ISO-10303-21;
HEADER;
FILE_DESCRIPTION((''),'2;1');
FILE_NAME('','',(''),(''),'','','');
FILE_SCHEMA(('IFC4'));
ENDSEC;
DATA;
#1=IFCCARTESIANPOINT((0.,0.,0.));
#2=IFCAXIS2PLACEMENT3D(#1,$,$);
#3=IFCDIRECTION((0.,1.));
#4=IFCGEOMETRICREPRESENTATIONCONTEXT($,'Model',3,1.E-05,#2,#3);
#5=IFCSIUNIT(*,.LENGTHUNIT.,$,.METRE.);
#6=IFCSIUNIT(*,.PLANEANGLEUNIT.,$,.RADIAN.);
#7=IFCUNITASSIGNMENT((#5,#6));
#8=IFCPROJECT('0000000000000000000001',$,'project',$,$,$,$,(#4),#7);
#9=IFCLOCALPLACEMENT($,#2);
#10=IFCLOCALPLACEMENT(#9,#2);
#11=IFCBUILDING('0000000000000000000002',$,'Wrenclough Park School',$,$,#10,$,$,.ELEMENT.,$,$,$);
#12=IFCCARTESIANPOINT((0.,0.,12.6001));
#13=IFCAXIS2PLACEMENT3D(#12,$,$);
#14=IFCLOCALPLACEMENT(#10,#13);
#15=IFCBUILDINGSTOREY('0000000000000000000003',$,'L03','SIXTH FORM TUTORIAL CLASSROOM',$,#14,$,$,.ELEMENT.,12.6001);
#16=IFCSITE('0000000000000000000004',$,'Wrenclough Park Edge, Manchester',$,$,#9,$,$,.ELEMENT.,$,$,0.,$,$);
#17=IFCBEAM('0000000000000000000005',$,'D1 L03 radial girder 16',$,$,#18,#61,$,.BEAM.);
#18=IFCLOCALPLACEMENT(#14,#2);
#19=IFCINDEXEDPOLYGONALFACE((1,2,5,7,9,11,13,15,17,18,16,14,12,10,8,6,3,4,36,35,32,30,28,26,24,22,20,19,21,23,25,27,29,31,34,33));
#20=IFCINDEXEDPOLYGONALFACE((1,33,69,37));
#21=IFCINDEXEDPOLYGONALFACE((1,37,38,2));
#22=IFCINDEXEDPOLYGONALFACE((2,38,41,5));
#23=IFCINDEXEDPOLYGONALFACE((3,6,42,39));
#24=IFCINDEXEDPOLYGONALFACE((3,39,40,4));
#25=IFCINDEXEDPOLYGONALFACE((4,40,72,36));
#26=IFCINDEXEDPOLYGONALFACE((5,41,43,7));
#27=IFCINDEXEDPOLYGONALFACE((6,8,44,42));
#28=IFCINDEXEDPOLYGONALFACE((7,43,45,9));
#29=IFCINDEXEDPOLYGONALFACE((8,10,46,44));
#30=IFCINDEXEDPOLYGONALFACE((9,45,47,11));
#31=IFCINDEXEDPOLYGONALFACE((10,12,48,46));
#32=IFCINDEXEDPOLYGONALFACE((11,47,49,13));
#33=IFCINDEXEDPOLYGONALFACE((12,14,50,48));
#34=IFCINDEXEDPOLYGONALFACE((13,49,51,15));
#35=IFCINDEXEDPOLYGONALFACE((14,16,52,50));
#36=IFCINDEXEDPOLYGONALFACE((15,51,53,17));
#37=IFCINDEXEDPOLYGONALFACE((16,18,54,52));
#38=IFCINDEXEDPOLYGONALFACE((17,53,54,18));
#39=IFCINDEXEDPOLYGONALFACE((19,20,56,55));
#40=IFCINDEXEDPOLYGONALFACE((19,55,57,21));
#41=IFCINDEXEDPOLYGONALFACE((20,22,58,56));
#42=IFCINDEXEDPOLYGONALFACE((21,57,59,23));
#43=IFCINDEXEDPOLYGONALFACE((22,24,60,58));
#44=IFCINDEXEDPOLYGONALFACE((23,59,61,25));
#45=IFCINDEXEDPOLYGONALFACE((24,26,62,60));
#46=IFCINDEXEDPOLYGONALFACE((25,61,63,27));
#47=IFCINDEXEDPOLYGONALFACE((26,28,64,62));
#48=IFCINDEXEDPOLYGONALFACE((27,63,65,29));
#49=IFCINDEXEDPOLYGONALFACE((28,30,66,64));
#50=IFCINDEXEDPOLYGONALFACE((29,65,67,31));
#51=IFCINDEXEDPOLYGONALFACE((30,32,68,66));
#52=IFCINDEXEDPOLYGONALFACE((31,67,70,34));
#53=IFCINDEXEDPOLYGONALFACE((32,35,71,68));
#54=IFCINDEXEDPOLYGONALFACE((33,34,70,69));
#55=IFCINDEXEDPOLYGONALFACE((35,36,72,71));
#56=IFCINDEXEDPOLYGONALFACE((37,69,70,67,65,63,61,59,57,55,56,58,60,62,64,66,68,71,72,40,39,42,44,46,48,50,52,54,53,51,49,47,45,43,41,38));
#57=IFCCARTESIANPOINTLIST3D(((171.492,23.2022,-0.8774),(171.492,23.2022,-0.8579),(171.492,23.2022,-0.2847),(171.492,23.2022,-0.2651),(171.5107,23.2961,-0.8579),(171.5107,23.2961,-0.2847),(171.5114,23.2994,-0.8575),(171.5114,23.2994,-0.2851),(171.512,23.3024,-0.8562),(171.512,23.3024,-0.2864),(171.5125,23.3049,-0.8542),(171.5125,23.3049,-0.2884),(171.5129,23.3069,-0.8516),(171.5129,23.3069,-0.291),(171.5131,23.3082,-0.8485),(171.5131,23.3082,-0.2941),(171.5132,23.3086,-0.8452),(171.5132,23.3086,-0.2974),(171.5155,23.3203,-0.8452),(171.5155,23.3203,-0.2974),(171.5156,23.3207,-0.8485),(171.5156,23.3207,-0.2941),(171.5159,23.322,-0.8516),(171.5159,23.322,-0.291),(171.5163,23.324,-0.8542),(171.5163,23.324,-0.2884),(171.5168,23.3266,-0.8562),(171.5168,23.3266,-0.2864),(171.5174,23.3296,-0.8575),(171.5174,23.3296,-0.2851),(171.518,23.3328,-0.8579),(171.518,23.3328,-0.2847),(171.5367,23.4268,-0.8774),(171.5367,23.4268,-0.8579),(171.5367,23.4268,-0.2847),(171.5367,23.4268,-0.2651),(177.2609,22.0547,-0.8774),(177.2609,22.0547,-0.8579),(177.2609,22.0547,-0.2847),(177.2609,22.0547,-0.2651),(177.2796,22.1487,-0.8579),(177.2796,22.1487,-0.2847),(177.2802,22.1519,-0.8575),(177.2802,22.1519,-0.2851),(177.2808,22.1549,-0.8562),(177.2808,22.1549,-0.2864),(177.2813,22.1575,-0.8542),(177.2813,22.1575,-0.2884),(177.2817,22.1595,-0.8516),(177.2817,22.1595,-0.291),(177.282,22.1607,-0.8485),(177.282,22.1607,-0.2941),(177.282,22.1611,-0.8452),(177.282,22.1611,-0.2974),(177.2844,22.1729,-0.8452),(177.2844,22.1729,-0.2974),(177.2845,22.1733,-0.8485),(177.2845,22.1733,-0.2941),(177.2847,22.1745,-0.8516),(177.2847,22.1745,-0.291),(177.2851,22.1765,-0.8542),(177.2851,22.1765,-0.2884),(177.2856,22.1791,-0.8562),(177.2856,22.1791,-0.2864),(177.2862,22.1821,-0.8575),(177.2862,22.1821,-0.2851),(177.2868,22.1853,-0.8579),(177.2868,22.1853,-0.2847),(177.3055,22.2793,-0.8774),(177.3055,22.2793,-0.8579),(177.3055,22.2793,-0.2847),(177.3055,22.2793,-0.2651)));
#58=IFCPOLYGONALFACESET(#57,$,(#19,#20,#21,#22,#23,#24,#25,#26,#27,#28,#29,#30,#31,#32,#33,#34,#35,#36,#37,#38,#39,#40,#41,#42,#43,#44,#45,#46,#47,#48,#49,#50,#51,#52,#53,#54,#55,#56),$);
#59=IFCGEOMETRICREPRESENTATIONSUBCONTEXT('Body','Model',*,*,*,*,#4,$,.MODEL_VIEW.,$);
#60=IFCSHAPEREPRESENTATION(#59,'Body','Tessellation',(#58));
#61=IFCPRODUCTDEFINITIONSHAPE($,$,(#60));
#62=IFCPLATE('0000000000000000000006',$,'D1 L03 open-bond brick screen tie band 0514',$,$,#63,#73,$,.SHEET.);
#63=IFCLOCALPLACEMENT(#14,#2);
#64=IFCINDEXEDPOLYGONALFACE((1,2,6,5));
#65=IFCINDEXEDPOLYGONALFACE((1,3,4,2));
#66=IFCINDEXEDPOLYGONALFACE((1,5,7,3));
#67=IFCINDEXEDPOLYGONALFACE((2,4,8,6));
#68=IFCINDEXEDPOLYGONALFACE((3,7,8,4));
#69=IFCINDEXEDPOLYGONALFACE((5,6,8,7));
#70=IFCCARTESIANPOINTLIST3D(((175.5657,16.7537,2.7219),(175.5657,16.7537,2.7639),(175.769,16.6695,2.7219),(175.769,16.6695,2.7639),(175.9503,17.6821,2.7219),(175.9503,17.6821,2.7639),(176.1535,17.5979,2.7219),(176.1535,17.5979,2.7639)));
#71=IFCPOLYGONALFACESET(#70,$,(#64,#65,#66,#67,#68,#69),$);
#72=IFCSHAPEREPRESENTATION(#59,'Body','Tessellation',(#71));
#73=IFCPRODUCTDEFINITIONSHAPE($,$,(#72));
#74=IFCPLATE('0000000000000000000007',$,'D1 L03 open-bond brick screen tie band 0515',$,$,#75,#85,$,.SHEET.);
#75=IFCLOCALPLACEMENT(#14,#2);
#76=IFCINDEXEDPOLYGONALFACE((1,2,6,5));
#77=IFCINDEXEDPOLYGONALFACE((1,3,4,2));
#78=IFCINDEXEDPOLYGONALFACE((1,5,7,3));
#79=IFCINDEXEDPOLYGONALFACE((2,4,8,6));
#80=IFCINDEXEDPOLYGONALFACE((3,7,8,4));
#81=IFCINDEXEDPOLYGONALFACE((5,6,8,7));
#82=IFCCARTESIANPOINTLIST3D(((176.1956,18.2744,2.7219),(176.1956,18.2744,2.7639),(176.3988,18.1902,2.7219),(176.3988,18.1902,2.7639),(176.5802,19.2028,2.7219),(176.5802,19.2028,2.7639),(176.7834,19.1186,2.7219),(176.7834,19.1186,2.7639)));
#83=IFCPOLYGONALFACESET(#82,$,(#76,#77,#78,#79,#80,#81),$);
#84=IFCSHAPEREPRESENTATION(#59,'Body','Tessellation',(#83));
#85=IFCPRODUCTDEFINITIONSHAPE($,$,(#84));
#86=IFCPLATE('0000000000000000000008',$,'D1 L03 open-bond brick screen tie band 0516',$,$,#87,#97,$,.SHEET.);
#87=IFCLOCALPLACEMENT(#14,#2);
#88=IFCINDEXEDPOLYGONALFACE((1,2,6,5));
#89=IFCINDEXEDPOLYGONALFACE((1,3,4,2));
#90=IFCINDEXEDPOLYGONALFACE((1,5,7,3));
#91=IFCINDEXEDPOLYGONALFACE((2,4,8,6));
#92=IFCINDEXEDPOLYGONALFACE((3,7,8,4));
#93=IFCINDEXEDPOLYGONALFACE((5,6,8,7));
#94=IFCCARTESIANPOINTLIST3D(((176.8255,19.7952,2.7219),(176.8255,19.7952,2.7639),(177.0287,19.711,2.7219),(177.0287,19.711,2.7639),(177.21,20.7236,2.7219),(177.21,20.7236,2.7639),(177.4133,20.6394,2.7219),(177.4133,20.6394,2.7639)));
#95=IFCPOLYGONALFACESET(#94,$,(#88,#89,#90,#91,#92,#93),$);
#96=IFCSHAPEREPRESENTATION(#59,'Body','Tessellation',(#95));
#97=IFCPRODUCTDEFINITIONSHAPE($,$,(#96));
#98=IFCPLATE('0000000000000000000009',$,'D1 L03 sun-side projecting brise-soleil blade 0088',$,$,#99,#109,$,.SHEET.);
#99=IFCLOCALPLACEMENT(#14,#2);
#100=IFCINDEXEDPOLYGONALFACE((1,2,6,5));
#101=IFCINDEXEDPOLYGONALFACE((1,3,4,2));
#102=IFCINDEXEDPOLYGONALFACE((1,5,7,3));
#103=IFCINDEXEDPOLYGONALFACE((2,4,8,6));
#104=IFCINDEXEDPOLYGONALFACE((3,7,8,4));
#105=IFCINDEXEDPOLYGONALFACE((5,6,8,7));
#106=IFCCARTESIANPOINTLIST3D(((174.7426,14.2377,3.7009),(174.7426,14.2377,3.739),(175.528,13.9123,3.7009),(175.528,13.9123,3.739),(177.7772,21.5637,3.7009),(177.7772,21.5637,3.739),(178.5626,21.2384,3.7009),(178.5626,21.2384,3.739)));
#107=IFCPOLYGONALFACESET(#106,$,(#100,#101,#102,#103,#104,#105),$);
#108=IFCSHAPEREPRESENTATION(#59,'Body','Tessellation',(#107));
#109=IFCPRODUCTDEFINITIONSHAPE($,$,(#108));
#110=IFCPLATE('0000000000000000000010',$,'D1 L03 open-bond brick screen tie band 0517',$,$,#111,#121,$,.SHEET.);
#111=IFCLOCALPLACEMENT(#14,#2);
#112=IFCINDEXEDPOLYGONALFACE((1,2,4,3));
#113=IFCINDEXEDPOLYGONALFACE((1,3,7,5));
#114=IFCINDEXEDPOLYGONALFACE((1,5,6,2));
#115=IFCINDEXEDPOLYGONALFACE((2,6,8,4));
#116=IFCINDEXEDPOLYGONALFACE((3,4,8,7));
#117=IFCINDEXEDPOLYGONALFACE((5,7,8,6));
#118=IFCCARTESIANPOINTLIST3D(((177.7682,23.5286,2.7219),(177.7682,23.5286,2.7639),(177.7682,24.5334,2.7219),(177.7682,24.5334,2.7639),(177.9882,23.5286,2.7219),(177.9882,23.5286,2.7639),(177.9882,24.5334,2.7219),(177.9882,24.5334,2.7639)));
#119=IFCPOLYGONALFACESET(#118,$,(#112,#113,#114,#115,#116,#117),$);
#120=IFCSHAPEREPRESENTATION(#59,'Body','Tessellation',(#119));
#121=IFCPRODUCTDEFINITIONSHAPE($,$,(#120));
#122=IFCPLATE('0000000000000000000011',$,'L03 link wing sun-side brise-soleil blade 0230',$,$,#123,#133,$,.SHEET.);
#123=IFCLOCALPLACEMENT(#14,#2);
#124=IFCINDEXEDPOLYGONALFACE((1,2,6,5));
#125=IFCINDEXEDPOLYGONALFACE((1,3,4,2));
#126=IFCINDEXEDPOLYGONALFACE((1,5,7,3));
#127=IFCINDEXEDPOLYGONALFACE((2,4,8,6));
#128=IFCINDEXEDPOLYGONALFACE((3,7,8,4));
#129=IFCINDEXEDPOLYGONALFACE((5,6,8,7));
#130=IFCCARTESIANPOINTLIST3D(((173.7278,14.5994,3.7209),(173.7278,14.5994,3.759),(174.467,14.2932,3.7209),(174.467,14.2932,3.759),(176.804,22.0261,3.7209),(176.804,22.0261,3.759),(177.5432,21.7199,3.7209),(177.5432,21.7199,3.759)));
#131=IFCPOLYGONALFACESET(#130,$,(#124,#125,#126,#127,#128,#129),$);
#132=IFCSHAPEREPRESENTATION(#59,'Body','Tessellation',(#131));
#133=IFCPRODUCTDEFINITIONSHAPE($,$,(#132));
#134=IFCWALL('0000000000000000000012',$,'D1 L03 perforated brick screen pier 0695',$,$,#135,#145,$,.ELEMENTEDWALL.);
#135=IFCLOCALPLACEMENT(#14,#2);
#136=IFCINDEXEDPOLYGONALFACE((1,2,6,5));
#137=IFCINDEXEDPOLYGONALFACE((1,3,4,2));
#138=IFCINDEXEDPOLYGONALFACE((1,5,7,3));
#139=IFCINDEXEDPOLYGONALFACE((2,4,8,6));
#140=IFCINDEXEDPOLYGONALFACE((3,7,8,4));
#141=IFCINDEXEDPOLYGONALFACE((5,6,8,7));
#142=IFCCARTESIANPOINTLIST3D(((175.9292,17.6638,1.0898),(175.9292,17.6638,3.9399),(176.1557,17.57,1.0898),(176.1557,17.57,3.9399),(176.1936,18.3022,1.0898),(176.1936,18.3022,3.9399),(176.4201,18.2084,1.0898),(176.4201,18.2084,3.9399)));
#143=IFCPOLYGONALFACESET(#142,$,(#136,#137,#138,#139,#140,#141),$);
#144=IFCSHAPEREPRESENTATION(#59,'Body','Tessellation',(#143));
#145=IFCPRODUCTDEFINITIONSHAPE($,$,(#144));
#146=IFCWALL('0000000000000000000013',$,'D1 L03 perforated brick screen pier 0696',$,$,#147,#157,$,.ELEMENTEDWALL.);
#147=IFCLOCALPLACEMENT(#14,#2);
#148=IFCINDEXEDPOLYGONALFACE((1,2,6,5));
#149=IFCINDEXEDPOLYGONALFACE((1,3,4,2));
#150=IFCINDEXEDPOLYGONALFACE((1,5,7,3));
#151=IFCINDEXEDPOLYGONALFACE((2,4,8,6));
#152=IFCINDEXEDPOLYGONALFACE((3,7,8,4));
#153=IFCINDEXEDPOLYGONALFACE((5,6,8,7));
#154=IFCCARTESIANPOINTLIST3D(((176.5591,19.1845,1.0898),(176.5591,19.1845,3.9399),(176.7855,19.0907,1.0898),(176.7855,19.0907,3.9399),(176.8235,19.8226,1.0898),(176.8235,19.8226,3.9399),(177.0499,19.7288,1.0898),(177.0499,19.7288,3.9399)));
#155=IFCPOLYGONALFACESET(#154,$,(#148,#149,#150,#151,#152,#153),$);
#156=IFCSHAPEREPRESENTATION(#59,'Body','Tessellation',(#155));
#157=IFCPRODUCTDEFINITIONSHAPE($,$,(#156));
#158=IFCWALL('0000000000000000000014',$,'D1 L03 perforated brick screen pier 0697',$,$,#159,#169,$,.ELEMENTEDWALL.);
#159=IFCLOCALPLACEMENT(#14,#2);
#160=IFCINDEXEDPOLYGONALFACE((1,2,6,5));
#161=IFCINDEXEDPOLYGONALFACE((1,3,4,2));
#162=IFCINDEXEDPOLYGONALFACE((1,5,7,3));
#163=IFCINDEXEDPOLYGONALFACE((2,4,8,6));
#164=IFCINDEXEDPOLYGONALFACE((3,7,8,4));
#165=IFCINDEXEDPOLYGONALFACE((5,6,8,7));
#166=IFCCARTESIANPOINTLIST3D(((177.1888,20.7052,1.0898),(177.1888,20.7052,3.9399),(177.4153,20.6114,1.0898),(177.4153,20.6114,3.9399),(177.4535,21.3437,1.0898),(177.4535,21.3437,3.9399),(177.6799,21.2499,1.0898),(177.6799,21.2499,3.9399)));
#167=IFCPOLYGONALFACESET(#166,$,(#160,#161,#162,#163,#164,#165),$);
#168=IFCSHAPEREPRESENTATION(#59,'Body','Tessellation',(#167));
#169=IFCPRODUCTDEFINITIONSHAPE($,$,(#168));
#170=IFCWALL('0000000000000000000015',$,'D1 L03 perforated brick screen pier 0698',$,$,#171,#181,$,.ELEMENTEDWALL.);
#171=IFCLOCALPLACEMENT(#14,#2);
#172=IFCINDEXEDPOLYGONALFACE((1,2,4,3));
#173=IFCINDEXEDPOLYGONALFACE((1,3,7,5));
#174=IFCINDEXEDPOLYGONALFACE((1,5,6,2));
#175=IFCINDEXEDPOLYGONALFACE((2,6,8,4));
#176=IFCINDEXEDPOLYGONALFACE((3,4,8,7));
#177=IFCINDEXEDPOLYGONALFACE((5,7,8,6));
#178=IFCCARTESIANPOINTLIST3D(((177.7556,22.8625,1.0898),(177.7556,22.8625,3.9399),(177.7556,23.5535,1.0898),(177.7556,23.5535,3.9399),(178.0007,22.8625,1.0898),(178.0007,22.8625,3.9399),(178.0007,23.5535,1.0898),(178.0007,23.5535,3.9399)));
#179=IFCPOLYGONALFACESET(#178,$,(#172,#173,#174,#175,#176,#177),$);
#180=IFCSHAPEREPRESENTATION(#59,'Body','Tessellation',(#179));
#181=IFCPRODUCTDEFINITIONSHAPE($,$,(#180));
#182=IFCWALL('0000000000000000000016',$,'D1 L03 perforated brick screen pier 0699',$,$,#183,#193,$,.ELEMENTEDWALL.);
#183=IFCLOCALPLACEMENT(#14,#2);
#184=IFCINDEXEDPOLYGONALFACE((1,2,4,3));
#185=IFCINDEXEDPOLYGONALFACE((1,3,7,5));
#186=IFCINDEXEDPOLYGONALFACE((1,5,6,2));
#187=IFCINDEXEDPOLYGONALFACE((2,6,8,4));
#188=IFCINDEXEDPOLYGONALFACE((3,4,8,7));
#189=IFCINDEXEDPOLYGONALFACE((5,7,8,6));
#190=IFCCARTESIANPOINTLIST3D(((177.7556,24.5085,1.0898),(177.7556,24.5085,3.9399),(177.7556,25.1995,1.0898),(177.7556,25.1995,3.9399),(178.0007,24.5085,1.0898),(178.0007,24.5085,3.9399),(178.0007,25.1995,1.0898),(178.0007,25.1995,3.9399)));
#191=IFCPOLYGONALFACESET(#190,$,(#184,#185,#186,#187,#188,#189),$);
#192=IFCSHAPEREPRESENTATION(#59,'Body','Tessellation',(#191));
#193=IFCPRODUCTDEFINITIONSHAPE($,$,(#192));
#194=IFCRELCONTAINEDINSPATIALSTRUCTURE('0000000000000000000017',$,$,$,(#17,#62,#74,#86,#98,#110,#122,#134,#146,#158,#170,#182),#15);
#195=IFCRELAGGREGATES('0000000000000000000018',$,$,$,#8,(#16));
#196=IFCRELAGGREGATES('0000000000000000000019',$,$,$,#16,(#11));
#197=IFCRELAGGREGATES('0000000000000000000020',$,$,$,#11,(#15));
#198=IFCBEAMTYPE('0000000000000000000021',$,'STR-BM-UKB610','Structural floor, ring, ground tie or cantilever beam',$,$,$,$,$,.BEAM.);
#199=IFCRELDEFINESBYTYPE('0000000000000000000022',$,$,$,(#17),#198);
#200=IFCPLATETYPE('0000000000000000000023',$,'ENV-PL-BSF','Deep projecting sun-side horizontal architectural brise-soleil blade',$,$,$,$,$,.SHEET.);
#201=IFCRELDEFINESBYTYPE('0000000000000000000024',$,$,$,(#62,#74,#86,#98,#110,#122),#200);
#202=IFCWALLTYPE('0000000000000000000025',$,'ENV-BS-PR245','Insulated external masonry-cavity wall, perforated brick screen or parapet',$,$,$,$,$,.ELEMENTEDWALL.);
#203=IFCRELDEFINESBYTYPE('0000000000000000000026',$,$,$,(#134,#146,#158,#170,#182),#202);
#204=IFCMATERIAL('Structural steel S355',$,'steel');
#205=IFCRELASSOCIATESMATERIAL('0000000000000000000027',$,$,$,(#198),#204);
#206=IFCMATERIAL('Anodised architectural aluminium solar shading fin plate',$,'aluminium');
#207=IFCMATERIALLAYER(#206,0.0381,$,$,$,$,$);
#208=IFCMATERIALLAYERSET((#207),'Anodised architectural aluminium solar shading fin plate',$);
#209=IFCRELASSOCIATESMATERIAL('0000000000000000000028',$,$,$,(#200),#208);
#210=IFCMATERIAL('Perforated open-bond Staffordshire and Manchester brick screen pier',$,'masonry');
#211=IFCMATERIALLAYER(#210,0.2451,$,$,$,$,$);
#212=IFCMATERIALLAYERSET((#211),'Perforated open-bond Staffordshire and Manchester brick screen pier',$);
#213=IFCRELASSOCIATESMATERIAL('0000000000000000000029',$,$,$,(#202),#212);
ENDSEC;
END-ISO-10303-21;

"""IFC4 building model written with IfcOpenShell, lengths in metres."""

from ifc_helpers import new_model, si_unit, direction, frame, frame_2d, origin, origin_2d, place, context, subcontext, project, spatial, rectangle, i_section, extrude, material, layer, layer_set, material_profile, profile_set, type_object, element, save


model = new_model("IFC4")

# Units and contexts
model_context = context("Model", 3, precision=1e-05, world=origin(), true_north=direction((0.0, 1.0)))
body_context = subcontext(model_context, "Body", "Model", "MODEL_VIEW")
ifc_project = project(units=[si_unit("LENGTHUNIT", "METRE"), si_unit("PLANEANGLEUNIT", "RADIAN")], contexts=[model_context])

# Site, building, storey
site_placement = place(None, origin())
site = spatial("IfcSite", under=ifc_project, at=site_placement, Name="Wrenclough Park Edge, Manchester", CompositionType="ELEMENT", RefElevation=0.0)
building_placement = place(site_placement, origin())
building = spatial("IfcBuilding", under=site, at=building_placement, Name="Wrenclough Park School", CompositionType="ELEMENT")
storey_placement = place(building_placement, frame((0.0, 0.0, 12.6001)))
storey = spatial("IfcBuildingStorey", under=building, at=storey_placement, Name="L03", Description="SIXTH FORM TUTORIAL CLASSROOM", CompositionType="ELEMENT", Elevation=12.6001)

# Shared definitions
ifc_material_1 = material(Name="Structural steel S355", Category="steel")

# Beam
ifc_material_profile_1 = material_profile(ifc_material_1, i_section(OverallWidth=0.229, OverallDepth=0.6123, WebThickness=0.012, FlangeThickness=0.0195, FilletRadius=0.0127, at=origin_2d()), Name="UKB 610x229x125")
ifc_profile_set_1 = profile_set([ifc_material_profile_1], Name="Structural steel S355")
beam_type_1 = type_object("IfcBeamType", Name="STR-BM-UKB610", Description="Structural floor, ring, ground tie or cantilever beam", PredefinedType="BEAM", material=ifc_profile_set_1)
beam_1_placement = place(storey_placement, frame((177.2832, 22.167, -0.5713), z_axis=(-0.980786, 0.195086, 0.0), x_axis=(-0.195086, -0.980786, 0.0)))
element("IfcBeam", 1, at=beam_1_placement, inside=storey, type_object=beam_type_1, Name="D1 L03 radial girder 16", PredefinedType="BEAM", context=body_context, shape_type="SweptSolid", body=[
    extrude(i_section(OverallWidth=0.229, OverallDepth=0.6123, WebThickness=0.012, FlangeThickness=0.0195, FilletRadius=0.0127, at=origin_2d()), origin(), (0.0, 0.0, 1.0), 5.8818),
])

# Plates
ifc_material_2 = material(Name="Anodised architectural aluminium solar shading fin plate", Category="aluminium")
ifc_layer_1 = layer(ifc_material_2, 0.0381)
ifc_layer_set_1 = layer_set([ifc_layer_1], Name="Anodised architectural aluminium solar shading fin plate")
plate_type = type_object("IfcPlateType", Name="ENV-PL-BSF", Description="Deep projecting sun-side horizontal architectural brise-soleil blade", PredefinedType="SHEET", material=ifc_layer_set_1)
for number, where, z_axis, x_axis, name in (
    (2, (175.8596, 17.1758, 2.7219), (0.0, 0.0, 1.0), (0.382684, 0.923879, 0.0), "D1 L03 open-bond brick screen tie band 0514"),
    (3, (176.4895, 18.6965, 2.7219), (0.0, 0.0, 1.0), (0.382684, 0.923879, 0.0), "D1 L03 open-bond brick screen tie band 0515"),
    (4, (177.1194, 20.2173, 2.7219), (0.0, 0.0, 1.0), (0.382684, 0.923879, 0.0), "D1 L03 open-bond brick screen tie band 0516"),
):
    element("IfcPlate", number, at=place(storey_placement, frame(where, z_axis=z_axis, x_axis=x_axis)), inside=storey, type_object=plate_type, Name=name, PredefinedType="SHEET", context=body_context, shape_type="SweptSolid", body=[
        extrude(rectangle(XDim=1.0049, YDim=0.22, at=origin_2d()), origin(), (0.0, 0.0, 1.0), 0.042),
    ])
plate_1_placement = place(storey_placement, frame((176.6526, 17.738, 3.7009), z_axis=(0.0, 0.0, 1.0), x_axis=(0.382684, 0.923879, 0.0)))
element("IfcPlate", 5, at=plate_1_placement, inside=storey, type_object=plate_type, Name="D1 L03 sun-side projecting brise-soleil blade 0088", PredefinedType="SHEET", context=body_context, shape_type="SweptSolid", body=[
    extrude(rectangle(XDim=7.9297, YDim=0.8501, at=origin_2d()), origin(), (0.0, 0.0, 1.0), 0.0381),
])
plate_2_placement = place(storey_placement, frame((177.8782, 24.031, 2.7219), z_axis=(0.0, 0.0, 1.0), x_axis=(0.0, 1.0, 0.0)))
element("IfcPlate", 6, at=plate_2_placement, inside=storey, type_object=plate_type, Name="D1 L03 open-bond brick screen tie band 0517", PredefinedType="SHEET", context=body_context, shape_type="SweptSolid", body=[
    extrude(rectangle(XDim=1.0049, YDim=0.22, at=origin_2d()), origin(), (0.0, 0.0, 1.0), 0.042),
])
plate_3_placement = place(storey_placement, frame((175.6355, 18.1597, 3.7209), z_axis=(0.0, 0.0, 1.0), x_axis=(-0.38268, -0.923881, 0.0)))
element("IfcPlate", 7, at=plate_3_placement, inside=storey, type_object=plate_type, Name="L03 link wing sun-side brise-soleil blade 0230", PredefinedType="SHEET", context=body_context, shape_type="SweptSolid", body=[
    extrude(rectangle(XDim=8.0386, YDim=0.8, at=origin_2d()), origin(), (0.0, 0.0, 1.0), 0.0381),
])

# Walls
ifc_material_3 = material(Name="Perforated open-bond Staffordshire and Manchester brick screen pier", Category="masonry")
ifc_layer_2 = layer(ifc_material_3, 0.2451)
ifc_layer_set_2 = layer_set([ifc_layer_2], Name="Perforated open-bond Staffordshire and Manchester brick screen pier")
wall_type_1 = type_object("IfcWallType", Name="ENV-BS-PR245", Description="Insulated external masonry-cavity wall, perforated brick screen or parapet", PredefinedType="ELEMENTEDWALL", material=ifc_layer_set_2)
wall_1_placement = place(storey_placement, frame((176.0425, 17.6169, 1.0898), z_axis=(0.0, 0.0, 1.0), x_axis=(0.382633, 0.923901, 0.0)))
element("IfcWall", 8, at=wall_1_placement, inside=storey, type_object=wall_type_1, Name="D1 L03 perforated brick screen pier 0695", PredefinedType="ELEMENTEDWALL", context=body_context, shape_type="SweptSolid", body=[
    extrude(rectangle(XDim=0.6909, YDim=0.2451, at=frame_2d((0.3455, 0.0))), origin(), (0.0, 0.0, 1.0), 2.8501),
])
wall_2_placement = place(storey_placement, frame((176.6724, 19.1377, 1.0898), z_axis=(0.0, 0.0, 1.0), x_axis=(0.382758, 0.923849, 0.0)))
element("IfcWall", 9, at=wall_2_placement, inside=storey, type_object=wall_type_1, Name="D1 L03 perforated brick screen pier 0696", PredefinedType="ELEMENTEDWALL", context=body_context, shape_type="SweptSolid", body=[
    extrude(rectangle(XDim=0.6907, YDim=0.2451, at=frame_2d((0.3452, 0.0))), origin(), (0.0, 0.0, 1.0), 2.8501),
])
wall_3_placement = place(storey_placement, frame((177.302, 20.6582, 1.0898), z_axis=(0.0, 0.0, 1.0), x_axis=(0.382934, 0.923776, 0.0)))
element("IfcWall", 10, at=wall_3_placement, inside=storey, type_object=wall_type_1, Name="D1 L03 perforated brick screen pier 0697", PredefinedType="ELEMENTEDWALL", context=body_context, shape_type="SweptSolid", body=[
    extrude(rectangle(XDim=0.6912, YDim=0.2451, at=frame_2d((0.3457, 0.0))), origin(), (0.0, 0.0, 1.0), 2.8501),
])
for number, where, z_axis, x_axis, name in (
    (11, (177.8782, 22.8625, 1.0898), (0.0, 0.0, 1.0), (0.0, 1.0, 0.0), "D1 L03 perforated brick screen pier 0698"),
    (12, (177.8782, 24.5085, 1.0898), (0.0, 0.0, 1.0), (0.0, 1.0, 0.0), "D1 L03 perforated brick screen pier 0699"),
):
    element("IfcWall", number, at=place(storey_placement, frame(where, z_axis=z_axis, x_axis=x_axis)), inside=storey, type_object=wall_type_1, Name=name, PredefinedType="ELEMENTEDWALL", context=body_context, shape_type="SweptSolid", body=[
        extrude(rectangle(XDim=0.6909, YDim=0.2451, at=frame_2d((0.3455, 0.0))), origin(), (0.0, 0.0, 1.0), 2.8501),
    ])

save(model, "model.ifc")
